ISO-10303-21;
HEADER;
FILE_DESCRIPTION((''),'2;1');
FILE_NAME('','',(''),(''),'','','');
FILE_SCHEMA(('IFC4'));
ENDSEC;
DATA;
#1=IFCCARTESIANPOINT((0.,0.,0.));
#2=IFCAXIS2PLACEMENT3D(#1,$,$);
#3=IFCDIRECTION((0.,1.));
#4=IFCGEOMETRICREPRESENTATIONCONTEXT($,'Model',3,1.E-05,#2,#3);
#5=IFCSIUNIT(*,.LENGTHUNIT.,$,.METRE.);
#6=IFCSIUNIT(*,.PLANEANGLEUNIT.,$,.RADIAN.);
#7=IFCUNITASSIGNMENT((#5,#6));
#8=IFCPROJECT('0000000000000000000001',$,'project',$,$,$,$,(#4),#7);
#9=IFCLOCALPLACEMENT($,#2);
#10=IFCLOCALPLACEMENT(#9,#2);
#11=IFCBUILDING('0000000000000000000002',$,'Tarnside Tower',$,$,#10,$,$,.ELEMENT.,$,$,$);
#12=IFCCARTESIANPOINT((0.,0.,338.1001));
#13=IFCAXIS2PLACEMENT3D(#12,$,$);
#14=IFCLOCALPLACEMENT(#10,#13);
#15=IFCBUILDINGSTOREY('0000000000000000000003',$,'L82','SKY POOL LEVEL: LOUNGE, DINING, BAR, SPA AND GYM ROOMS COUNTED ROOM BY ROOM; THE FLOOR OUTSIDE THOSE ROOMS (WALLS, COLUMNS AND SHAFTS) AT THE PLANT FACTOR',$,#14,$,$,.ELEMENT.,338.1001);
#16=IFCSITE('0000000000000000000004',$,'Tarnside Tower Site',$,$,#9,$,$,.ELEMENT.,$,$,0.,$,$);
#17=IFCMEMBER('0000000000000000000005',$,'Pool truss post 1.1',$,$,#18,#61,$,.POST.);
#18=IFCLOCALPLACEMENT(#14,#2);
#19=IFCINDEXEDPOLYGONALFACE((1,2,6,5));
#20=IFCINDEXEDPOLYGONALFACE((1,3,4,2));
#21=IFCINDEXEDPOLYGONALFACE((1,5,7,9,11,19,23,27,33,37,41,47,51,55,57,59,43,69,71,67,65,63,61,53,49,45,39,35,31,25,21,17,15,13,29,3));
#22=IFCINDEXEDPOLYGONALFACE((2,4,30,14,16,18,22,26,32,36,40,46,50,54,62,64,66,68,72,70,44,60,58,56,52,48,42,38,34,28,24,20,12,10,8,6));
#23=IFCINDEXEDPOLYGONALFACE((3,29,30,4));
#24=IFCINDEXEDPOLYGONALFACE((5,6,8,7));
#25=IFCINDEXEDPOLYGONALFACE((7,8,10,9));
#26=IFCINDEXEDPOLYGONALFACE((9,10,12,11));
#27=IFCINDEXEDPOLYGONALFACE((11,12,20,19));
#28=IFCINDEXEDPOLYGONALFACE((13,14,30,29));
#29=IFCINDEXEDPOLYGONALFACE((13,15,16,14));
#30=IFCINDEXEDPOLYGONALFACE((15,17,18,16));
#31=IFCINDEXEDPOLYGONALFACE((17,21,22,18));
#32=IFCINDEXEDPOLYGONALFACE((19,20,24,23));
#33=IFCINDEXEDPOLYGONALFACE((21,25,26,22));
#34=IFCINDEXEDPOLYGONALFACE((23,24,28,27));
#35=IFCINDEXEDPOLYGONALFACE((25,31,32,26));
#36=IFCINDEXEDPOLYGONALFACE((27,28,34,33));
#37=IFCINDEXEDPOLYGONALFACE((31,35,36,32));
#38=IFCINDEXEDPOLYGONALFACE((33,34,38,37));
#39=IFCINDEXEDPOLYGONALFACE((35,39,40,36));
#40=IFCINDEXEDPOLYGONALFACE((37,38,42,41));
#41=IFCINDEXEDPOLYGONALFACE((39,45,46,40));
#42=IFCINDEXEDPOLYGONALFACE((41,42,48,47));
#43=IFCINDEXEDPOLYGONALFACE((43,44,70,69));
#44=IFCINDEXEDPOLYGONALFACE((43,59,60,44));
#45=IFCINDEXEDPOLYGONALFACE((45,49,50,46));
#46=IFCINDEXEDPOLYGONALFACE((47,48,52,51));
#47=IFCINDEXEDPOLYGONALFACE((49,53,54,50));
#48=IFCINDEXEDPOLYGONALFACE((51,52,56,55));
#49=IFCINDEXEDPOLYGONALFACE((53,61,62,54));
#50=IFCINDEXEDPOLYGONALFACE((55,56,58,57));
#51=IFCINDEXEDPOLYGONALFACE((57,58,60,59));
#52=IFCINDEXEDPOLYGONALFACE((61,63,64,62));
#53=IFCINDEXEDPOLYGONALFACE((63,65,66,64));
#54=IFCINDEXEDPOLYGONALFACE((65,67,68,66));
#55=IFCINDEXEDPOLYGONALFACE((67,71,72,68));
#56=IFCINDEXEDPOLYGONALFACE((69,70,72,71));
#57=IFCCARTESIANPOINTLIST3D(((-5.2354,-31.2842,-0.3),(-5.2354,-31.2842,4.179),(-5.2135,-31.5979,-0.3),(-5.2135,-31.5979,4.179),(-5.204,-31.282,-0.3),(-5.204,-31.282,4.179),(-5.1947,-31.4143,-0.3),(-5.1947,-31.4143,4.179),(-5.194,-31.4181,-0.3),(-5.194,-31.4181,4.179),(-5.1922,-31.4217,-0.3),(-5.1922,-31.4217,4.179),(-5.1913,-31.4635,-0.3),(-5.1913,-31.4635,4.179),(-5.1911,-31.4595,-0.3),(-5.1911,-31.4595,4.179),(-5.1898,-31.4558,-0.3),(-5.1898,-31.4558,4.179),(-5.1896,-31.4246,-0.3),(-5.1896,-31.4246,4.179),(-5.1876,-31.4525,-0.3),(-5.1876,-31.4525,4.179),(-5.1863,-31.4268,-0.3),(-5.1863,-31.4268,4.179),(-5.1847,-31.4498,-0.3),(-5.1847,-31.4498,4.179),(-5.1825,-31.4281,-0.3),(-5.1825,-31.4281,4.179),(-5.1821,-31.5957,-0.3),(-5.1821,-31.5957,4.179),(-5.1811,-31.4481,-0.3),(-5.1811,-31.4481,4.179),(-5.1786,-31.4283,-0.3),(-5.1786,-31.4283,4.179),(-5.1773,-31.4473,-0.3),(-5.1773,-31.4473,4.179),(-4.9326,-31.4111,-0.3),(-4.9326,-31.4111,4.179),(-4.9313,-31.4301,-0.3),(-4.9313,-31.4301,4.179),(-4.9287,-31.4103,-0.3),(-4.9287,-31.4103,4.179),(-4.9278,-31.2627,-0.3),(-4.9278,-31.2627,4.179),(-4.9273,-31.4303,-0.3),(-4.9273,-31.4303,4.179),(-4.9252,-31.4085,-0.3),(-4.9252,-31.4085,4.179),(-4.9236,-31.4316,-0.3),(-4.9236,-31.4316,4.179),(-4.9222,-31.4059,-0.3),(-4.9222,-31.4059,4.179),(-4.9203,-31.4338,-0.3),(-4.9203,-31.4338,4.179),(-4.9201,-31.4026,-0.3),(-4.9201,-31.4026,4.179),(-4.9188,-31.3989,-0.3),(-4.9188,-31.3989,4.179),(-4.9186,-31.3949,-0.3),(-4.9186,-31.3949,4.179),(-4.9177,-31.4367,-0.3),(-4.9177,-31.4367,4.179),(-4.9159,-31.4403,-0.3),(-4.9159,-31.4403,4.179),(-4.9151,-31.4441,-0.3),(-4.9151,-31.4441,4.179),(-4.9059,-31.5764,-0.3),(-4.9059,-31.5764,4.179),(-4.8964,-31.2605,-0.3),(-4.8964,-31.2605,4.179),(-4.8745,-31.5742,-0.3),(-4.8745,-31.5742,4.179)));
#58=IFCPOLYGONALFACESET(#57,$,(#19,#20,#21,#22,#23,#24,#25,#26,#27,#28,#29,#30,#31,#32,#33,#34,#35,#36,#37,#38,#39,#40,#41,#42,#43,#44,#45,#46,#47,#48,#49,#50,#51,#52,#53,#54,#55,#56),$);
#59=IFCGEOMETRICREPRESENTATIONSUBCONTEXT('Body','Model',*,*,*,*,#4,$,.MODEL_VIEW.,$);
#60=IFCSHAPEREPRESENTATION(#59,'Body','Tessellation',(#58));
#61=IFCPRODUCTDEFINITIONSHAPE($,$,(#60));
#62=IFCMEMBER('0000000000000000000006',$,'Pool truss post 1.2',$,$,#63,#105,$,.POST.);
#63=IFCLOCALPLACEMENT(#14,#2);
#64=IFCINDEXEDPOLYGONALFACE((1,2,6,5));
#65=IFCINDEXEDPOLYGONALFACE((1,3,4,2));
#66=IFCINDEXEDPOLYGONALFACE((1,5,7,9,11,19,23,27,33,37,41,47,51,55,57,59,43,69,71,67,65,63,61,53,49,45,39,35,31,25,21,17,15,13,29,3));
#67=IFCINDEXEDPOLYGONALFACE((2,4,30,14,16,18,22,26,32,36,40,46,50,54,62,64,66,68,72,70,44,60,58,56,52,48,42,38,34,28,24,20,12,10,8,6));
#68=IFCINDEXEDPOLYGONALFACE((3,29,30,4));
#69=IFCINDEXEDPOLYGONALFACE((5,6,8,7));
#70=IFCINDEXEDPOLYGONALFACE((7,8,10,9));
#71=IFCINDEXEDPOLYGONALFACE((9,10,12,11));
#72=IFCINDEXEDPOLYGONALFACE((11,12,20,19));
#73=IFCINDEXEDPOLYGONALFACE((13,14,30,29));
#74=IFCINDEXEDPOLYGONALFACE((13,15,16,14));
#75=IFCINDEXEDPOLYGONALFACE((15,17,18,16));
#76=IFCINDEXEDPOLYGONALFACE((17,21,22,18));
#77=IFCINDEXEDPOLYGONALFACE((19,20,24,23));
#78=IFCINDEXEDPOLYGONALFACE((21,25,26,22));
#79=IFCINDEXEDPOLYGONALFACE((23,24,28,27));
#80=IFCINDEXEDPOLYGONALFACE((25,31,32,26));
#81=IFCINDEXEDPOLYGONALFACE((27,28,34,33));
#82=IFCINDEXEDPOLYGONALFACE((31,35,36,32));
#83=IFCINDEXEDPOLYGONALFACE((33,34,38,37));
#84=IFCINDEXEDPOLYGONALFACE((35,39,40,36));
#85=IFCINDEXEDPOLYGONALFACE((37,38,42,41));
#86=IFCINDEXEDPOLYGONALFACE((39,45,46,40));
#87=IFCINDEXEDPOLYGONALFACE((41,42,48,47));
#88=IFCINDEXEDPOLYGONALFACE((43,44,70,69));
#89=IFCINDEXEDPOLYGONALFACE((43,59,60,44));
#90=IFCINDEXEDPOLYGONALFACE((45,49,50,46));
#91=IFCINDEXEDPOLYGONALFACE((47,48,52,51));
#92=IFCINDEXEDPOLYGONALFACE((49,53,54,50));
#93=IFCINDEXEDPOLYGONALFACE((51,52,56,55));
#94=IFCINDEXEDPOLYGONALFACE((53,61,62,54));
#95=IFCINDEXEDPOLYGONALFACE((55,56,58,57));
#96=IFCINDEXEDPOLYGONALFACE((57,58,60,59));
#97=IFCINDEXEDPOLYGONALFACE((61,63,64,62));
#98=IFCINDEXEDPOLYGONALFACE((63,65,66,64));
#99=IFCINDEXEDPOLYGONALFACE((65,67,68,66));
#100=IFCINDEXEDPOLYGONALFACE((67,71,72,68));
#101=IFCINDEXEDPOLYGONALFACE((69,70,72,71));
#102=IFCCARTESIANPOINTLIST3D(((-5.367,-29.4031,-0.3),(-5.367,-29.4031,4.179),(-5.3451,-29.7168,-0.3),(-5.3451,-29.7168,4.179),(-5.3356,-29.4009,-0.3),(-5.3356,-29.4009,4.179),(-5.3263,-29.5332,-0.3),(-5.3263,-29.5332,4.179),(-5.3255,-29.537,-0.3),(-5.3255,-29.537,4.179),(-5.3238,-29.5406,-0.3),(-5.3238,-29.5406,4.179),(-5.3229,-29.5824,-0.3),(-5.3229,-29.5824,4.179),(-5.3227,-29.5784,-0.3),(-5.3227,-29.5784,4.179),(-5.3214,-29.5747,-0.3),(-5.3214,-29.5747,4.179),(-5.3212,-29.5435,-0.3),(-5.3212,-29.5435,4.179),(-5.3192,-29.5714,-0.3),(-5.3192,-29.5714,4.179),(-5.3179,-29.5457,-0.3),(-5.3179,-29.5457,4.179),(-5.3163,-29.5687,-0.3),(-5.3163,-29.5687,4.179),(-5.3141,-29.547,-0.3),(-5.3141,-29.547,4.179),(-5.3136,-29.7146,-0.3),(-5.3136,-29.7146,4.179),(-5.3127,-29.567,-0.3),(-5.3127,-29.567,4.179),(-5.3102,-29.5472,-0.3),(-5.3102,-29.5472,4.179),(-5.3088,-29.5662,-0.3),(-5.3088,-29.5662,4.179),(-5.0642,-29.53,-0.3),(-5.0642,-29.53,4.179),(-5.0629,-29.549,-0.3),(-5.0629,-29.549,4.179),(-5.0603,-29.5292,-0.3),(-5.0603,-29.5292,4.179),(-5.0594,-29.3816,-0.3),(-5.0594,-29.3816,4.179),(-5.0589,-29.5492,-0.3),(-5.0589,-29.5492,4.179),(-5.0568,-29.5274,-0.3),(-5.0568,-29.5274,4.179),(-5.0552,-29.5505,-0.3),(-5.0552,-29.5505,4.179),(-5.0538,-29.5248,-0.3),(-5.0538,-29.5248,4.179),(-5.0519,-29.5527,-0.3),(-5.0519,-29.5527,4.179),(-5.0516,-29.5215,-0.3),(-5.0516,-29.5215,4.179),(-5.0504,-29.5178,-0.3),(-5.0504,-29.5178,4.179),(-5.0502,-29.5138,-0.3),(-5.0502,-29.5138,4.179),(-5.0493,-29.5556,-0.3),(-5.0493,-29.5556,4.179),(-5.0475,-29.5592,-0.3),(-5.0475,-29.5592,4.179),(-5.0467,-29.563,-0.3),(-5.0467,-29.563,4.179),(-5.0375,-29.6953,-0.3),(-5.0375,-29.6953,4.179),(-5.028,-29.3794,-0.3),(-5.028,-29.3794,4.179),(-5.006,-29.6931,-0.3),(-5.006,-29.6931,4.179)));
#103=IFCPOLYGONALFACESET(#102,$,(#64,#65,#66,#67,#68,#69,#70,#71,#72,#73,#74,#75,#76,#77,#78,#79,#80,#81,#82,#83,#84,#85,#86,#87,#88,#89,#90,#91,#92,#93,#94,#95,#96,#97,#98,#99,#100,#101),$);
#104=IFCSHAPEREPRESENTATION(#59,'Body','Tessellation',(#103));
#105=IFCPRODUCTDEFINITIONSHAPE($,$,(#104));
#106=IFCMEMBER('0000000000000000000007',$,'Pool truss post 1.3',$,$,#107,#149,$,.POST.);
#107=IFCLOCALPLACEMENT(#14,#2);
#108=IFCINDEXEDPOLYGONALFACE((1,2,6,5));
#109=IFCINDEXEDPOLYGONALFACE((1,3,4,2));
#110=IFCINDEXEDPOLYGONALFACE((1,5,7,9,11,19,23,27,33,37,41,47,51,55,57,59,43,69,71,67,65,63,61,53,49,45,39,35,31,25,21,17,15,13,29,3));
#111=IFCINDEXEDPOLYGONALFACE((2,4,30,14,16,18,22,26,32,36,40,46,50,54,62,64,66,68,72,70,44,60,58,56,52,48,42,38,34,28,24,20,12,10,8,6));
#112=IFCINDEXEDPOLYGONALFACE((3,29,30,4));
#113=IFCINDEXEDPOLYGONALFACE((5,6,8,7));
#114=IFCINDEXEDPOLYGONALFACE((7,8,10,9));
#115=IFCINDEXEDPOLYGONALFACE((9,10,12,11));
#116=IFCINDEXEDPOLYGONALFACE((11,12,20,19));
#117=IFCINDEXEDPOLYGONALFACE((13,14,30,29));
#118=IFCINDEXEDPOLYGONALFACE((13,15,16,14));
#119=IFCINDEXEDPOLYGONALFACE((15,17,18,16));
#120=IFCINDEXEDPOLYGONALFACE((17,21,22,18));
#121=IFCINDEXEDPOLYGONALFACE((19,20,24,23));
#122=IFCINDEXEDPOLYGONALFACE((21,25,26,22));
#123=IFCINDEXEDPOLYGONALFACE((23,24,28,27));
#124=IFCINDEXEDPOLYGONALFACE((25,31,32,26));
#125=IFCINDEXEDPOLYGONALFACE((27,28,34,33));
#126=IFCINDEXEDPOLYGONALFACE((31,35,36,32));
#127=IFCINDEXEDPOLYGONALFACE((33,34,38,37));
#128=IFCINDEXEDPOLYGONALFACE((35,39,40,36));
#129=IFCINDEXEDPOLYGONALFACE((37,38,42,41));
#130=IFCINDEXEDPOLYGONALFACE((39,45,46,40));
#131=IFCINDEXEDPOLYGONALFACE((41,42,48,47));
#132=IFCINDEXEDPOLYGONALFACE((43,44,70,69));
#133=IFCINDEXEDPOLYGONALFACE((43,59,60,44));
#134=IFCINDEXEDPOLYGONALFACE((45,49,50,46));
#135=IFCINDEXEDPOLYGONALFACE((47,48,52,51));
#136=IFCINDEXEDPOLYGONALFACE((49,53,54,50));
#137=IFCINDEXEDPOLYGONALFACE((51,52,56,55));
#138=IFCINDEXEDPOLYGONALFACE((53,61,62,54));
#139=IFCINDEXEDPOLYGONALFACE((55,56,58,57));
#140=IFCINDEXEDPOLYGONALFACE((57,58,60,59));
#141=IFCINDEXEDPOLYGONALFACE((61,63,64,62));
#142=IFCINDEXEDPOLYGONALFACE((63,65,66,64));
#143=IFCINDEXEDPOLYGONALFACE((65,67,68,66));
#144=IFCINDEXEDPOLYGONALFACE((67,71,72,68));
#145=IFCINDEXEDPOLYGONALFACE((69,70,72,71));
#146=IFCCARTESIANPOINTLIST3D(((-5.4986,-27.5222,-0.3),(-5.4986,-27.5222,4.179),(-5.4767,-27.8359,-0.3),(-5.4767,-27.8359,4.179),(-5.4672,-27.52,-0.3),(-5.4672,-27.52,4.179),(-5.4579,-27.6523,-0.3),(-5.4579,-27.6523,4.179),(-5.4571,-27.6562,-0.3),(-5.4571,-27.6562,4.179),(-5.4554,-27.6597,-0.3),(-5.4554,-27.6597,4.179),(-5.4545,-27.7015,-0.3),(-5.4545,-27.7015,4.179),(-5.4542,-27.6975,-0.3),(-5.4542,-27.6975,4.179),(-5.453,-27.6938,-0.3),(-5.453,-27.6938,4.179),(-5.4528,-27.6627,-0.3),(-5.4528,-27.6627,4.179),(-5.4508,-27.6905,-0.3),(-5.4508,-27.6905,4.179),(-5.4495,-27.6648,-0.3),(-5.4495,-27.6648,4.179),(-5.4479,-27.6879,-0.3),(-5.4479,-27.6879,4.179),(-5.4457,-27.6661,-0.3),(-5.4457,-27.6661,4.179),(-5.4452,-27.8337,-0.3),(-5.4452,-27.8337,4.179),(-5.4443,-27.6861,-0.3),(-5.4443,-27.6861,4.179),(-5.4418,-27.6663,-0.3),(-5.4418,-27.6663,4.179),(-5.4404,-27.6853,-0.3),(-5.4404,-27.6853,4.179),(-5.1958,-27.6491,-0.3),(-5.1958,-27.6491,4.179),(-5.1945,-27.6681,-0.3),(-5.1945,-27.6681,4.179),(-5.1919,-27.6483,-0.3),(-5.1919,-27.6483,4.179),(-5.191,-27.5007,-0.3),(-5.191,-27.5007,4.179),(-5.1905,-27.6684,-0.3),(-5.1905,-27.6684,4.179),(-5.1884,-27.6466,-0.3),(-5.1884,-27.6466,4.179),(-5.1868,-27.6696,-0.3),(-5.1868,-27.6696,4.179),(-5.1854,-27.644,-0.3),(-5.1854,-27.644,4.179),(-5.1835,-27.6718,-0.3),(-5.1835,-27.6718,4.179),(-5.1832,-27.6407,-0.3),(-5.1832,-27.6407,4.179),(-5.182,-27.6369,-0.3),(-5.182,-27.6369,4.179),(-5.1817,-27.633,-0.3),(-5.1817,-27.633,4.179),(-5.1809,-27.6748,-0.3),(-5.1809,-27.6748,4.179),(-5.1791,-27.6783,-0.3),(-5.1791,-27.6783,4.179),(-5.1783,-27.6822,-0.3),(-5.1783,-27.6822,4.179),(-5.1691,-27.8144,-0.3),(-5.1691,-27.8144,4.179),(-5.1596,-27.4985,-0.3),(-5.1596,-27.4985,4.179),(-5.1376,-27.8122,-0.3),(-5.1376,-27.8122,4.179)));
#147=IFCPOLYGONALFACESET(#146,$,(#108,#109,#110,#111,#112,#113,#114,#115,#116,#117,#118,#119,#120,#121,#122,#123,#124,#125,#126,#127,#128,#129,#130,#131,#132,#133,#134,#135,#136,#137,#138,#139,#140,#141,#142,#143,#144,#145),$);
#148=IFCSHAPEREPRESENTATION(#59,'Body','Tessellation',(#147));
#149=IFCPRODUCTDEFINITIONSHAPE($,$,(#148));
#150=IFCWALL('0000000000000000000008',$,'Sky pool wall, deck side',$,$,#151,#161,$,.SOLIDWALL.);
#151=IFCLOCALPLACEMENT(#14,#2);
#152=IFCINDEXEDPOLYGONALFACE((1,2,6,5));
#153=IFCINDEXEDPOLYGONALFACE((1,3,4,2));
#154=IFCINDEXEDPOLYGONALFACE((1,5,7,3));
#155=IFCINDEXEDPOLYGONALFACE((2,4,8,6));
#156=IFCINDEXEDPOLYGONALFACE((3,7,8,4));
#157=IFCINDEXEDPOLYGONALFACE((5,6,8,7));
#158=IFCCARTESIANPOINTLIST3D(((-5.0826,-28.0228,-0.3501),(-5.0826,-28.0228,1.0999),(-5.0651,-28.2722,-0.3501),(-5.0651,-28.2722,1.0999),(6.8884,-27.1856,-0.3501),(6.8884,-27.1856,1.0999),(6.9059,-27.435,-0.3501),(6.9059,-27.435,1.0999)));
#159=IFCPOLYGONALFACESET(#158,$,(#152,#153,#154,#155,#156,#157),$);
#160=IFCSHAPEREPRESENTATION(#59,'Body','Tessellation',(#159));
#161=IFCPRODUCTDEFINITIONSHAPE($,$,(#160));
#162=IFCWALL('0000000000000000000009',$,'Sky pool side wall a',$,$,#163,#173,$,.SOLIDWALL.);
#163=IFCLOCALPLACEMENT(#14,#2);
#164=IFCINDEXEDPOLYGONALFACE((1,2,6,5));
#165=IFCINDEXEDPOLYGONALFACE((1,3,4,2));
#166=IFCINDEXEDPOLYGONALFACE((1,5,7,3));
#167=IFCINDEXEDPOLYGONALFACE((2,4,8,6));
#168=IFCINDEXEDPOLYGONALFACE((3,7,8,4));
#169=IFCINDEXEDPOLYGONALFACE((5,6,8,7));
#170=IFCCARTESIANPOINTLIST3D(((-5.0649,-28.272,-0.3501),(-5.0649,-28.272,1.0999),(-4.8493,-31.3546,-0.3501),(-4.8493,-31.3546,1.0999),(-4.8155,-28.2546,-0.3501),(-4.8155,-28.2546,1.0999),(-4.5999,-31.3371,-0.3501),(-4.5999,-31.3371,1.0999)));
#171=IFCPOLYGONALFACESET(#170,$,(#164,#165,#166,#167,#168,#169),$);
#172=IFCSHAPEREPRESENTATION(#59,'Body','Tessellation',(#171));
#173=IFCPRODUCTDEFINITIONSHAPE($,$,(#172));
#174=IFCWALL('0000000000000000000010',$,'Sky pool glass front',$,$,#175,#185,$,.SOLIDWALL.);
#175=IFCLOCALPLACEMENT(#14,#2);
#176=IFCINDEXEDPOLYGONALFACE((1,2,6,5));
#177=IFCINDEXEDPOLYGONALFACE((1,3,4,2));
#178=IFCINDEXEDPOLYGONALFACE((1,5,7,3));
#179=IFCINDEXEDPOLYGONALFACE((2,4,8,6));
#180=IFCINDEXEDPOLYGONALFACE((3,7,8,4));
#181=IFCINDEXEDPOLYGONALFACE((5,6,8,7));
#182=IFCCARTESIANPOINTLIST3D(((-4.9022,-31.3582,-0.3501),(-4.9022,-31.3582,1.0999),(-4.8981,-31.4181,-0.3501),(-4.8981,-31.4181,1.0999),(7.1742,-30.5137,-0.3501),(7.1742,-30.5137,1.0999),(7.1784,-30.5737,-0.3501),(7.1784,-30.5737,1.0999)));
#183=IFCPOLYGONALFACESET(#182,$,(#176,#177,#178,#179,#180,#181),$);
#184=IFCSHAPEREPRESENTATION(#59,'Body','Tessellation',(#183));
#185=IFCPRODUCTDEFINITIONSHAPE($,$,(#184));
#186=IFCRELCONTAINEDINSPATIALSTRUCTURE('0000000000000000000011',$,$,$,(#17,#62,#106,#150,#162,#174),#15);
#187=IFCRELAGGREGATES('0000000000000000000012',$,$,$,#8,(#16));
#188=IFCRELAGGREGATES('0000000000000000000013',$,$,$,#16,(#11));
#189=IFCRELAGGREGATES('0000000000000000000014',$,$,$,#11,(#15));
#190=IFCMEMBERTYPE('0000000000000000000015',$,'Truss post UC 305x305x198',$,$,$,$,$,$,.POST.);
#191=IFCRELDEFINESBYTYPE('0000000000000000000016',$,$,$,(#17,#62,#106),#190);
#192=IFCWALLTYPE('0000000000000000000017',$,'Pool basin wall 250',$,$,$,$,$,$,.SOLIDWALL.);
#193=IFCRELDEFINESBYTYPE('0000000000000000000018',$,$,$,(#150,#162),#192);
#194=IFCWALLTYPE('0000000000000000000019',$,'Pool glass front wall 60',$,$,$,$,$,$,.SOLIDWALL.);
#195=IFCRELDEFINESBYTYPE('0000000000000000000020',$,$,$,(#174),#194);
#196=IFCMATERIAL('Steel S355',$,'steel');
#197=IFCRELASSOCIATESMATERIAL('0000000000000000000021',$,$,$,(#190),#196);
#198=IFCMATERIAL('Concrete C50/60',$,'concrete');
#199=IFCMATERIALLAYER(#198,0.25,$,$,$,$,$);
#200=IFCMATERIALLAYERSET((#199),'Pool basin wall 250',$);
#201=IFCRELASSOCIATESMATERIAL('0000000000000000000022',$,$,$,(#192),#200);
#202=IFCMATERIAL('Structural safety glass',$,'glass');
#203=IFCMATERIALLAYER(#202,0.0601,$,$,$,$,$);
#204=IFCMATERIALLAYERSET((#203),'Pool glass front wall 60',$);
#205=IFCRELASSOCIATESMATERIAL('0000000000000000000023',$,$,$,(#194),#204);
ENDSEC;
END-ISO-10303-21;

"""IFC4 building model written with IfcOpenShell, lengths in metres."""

from ifc_helpers import new_model, si_unit, direction, frame, frame_2d, origin, origin_2d, place, context, subcontext, project, spatial, rectangle, i_section, extrude, material, layer, layer_set, material_profile, profile_set, type_object, element, save


model = new_model("IFC4")

# Units and contexts
model_context = context("Model", 3, precision=1e-05, world=origin(), true_north=direction((0.0, 1.0)))
body_context = subcontext(model_context, "Body", "Model", "MODEL_VIEW")
ifc_project = project(units=[si_unit("LENGTHUNIT", "METRE"), si_unit("PLANEANGLEUNIT", "RADIAN")], contexts=[model_context])

# Site, building, storey
site_placement = place(None, origin())
site = spatial("IfcSite", under=ifc_project, at=site_placement, Name="Tarnside Tower Site", CompositionType="ELEMENT", RefElevation=0.0)
building_placement = place(site_placement, origin())
building = spatial("IfcBuilding", under=site, at=building_placement, Name="Tarnside Tower", CompositionType="ELEMENT")
storey_placement = place(building_placement, frame((0.0, 0.0, 338.1001)))
storey = spatial("IfcBuildingStorey", under=building, at=storey_placement, Name="L82", Description="SKY POOL LEVEL: LOUNGE, DINING, BAR, SPA AND GYM ROOMS COUNTED ROOM BY ROOM; THE FLOOR OUTSIDE THOSE ROOMS (WALLS, COLUMNS AND SHAFTS) AT THE PLANT FACTOR", CompositionType="ELEMENT", Elevation=338.1001)

# Shared definitions
ifc_material_1 = material(Name="Steel S355", Category="steel")

# Members
ifc_material_profile_1 = material_profile(ifc_material_1, i_section(OverallWidth=0.3145, OverallDepth=0.3398, WebThickness=0.019, FlangeThickness=0.0315, FilletRadius=0.0151, at=origin_2d()), Name="UC 305x305x198")
ifc_profile_set_1 = profile_set([ifc_material_profile_1], Name="Steel S355")
member_type_1 = type_object("IfcMemberType", Name="Truss post UC 305x305x198", PredefinedType="POST", material=ifc_profile_set_1)
for number, where, z_axis, x_axis, name in (
    (1, (-5.0549, -31.4292, -0.3), (0.0, 0.0, 1.0), (-0.069756, 0.997564, 0.0), "Pool truss post 1.1"),
    (2, (-5.1865, -29.5481, -0.3), (0.0, 0.0, 1.0), (-0.069756, 0.997564, 0.0), "Pool truss post 1.2"),
    (3, (-5.3181, -27.6672, -0.3), (0.0, 0.0, 1.0), (-0.069756, 0.997564, 0.0), "Pool truss post 1.3"),
):
    element("IfcMember", number, at=place(storey_placement, frame(where, z_axis=z_axis, x_axis=x_axis)), inside=storey, type_object=member_type_1, Name=name, PredefinedType="POST", context=body_context, shape_type="SweptSolid", body=[
        extrude(i_section(OverallWidth=0.3145, OverallDepth=0.3398, WebThickness=0.019, FlangeThickness=0.0315, FilletRadius=0.0151, at=origin_2d()), origin(), (0.0, 0.0, 1.0), 4.479),
    ])

# Walls
ifc_material_2 = material(Name="Concrete C50/60", Category="concrete")
ifc_layer_1 = layer(ifc_material_2, 0.25)
ifc_layer_set_1 = layer_set([ifc_layer_1], Name="Pool basin wall 250")
wall_type_1 = type_object("IfcWallType", Name="Pool basin wall 250", PredefinedType="SOLIDWALL", material=ifc_layer_set_1)
wall_1_placement = place(storey_placement, frame((-5.0737, -28.1475, -0.3501), z_axis=(0.0, 0.0, 1.0), x_axis=(0.997564, 0.069762, 0.0)))
element("IfcWall", 4, at=wall_1_placement, inside=storey, type_object=wall_type_1, Name="Sky pool wall, deck side", PredefinedType="SOLIDWALL", context=body_context, shape_type="SweptSolid", body=[
    extrude(rectangle(XDim=12.0002, YDim=0.25, at=frame_2d((6.0, 0.0))), origin(), (0.0, 0.0, 1.0), 1.45),
])
wall_2_placement = place(storey_placement, frame((-4.9402, -28.2634, -0.3501), z_axis=(0.0, 0.0, 1.0), x_axis=(0.069765, -0.997563, 0.0)))
element("IfcWall", 5, at=wall_2_placement, inside=storey, type_object=wall_type_1, Name="Sky pool side wall a", PredefinedType="SOLIDWALL", context=body_context, shape_type="SweptSolid", body=[
    extrude(rectangle(XDim=3.0901, YDim=0.25, at=frame_2d((1.5449, 0.0))), origin(), (0.0, 0.0, 1.0), 1.45),
])
ifc_material_3 = material(Name="Structural safety glass", Category="glass")
ifc_layer_2 = layer(ifc_material_3, 0.0601)
ifc_layer_set_2 = layer_set([ifc_layer_2], Name="Pool glass front wall 60")
wall_type_2 = type_object("IfcWallType", Name="Pool glass front wall 60", PredefinedType="SOLIDWALL", material=ifc_layer_set_2)
wall_3_placement = place(storey_placement, frame((-4.9001, -31.3882, -0.3501), z_axis=(0.0, 0.0, 1.0), x_axis=(0.997564, 0.069758, 0.0)))
element("IfcWall", 6, at=wall_3_placement, inside=storey, type_object=wall_type_2, Name="Sky pool glass front", PredefinedType="SOLIDWALL", context=body_context, shape_type="SweptSolid", body=[
    extrude(rectangle(XDim=12.106, YDim=0.0601, at=frame_2d((6.053, 0.0))), origin(), (0.0, 0.0, 1.0), 1.45),
])

save(model, "model.ifc")
